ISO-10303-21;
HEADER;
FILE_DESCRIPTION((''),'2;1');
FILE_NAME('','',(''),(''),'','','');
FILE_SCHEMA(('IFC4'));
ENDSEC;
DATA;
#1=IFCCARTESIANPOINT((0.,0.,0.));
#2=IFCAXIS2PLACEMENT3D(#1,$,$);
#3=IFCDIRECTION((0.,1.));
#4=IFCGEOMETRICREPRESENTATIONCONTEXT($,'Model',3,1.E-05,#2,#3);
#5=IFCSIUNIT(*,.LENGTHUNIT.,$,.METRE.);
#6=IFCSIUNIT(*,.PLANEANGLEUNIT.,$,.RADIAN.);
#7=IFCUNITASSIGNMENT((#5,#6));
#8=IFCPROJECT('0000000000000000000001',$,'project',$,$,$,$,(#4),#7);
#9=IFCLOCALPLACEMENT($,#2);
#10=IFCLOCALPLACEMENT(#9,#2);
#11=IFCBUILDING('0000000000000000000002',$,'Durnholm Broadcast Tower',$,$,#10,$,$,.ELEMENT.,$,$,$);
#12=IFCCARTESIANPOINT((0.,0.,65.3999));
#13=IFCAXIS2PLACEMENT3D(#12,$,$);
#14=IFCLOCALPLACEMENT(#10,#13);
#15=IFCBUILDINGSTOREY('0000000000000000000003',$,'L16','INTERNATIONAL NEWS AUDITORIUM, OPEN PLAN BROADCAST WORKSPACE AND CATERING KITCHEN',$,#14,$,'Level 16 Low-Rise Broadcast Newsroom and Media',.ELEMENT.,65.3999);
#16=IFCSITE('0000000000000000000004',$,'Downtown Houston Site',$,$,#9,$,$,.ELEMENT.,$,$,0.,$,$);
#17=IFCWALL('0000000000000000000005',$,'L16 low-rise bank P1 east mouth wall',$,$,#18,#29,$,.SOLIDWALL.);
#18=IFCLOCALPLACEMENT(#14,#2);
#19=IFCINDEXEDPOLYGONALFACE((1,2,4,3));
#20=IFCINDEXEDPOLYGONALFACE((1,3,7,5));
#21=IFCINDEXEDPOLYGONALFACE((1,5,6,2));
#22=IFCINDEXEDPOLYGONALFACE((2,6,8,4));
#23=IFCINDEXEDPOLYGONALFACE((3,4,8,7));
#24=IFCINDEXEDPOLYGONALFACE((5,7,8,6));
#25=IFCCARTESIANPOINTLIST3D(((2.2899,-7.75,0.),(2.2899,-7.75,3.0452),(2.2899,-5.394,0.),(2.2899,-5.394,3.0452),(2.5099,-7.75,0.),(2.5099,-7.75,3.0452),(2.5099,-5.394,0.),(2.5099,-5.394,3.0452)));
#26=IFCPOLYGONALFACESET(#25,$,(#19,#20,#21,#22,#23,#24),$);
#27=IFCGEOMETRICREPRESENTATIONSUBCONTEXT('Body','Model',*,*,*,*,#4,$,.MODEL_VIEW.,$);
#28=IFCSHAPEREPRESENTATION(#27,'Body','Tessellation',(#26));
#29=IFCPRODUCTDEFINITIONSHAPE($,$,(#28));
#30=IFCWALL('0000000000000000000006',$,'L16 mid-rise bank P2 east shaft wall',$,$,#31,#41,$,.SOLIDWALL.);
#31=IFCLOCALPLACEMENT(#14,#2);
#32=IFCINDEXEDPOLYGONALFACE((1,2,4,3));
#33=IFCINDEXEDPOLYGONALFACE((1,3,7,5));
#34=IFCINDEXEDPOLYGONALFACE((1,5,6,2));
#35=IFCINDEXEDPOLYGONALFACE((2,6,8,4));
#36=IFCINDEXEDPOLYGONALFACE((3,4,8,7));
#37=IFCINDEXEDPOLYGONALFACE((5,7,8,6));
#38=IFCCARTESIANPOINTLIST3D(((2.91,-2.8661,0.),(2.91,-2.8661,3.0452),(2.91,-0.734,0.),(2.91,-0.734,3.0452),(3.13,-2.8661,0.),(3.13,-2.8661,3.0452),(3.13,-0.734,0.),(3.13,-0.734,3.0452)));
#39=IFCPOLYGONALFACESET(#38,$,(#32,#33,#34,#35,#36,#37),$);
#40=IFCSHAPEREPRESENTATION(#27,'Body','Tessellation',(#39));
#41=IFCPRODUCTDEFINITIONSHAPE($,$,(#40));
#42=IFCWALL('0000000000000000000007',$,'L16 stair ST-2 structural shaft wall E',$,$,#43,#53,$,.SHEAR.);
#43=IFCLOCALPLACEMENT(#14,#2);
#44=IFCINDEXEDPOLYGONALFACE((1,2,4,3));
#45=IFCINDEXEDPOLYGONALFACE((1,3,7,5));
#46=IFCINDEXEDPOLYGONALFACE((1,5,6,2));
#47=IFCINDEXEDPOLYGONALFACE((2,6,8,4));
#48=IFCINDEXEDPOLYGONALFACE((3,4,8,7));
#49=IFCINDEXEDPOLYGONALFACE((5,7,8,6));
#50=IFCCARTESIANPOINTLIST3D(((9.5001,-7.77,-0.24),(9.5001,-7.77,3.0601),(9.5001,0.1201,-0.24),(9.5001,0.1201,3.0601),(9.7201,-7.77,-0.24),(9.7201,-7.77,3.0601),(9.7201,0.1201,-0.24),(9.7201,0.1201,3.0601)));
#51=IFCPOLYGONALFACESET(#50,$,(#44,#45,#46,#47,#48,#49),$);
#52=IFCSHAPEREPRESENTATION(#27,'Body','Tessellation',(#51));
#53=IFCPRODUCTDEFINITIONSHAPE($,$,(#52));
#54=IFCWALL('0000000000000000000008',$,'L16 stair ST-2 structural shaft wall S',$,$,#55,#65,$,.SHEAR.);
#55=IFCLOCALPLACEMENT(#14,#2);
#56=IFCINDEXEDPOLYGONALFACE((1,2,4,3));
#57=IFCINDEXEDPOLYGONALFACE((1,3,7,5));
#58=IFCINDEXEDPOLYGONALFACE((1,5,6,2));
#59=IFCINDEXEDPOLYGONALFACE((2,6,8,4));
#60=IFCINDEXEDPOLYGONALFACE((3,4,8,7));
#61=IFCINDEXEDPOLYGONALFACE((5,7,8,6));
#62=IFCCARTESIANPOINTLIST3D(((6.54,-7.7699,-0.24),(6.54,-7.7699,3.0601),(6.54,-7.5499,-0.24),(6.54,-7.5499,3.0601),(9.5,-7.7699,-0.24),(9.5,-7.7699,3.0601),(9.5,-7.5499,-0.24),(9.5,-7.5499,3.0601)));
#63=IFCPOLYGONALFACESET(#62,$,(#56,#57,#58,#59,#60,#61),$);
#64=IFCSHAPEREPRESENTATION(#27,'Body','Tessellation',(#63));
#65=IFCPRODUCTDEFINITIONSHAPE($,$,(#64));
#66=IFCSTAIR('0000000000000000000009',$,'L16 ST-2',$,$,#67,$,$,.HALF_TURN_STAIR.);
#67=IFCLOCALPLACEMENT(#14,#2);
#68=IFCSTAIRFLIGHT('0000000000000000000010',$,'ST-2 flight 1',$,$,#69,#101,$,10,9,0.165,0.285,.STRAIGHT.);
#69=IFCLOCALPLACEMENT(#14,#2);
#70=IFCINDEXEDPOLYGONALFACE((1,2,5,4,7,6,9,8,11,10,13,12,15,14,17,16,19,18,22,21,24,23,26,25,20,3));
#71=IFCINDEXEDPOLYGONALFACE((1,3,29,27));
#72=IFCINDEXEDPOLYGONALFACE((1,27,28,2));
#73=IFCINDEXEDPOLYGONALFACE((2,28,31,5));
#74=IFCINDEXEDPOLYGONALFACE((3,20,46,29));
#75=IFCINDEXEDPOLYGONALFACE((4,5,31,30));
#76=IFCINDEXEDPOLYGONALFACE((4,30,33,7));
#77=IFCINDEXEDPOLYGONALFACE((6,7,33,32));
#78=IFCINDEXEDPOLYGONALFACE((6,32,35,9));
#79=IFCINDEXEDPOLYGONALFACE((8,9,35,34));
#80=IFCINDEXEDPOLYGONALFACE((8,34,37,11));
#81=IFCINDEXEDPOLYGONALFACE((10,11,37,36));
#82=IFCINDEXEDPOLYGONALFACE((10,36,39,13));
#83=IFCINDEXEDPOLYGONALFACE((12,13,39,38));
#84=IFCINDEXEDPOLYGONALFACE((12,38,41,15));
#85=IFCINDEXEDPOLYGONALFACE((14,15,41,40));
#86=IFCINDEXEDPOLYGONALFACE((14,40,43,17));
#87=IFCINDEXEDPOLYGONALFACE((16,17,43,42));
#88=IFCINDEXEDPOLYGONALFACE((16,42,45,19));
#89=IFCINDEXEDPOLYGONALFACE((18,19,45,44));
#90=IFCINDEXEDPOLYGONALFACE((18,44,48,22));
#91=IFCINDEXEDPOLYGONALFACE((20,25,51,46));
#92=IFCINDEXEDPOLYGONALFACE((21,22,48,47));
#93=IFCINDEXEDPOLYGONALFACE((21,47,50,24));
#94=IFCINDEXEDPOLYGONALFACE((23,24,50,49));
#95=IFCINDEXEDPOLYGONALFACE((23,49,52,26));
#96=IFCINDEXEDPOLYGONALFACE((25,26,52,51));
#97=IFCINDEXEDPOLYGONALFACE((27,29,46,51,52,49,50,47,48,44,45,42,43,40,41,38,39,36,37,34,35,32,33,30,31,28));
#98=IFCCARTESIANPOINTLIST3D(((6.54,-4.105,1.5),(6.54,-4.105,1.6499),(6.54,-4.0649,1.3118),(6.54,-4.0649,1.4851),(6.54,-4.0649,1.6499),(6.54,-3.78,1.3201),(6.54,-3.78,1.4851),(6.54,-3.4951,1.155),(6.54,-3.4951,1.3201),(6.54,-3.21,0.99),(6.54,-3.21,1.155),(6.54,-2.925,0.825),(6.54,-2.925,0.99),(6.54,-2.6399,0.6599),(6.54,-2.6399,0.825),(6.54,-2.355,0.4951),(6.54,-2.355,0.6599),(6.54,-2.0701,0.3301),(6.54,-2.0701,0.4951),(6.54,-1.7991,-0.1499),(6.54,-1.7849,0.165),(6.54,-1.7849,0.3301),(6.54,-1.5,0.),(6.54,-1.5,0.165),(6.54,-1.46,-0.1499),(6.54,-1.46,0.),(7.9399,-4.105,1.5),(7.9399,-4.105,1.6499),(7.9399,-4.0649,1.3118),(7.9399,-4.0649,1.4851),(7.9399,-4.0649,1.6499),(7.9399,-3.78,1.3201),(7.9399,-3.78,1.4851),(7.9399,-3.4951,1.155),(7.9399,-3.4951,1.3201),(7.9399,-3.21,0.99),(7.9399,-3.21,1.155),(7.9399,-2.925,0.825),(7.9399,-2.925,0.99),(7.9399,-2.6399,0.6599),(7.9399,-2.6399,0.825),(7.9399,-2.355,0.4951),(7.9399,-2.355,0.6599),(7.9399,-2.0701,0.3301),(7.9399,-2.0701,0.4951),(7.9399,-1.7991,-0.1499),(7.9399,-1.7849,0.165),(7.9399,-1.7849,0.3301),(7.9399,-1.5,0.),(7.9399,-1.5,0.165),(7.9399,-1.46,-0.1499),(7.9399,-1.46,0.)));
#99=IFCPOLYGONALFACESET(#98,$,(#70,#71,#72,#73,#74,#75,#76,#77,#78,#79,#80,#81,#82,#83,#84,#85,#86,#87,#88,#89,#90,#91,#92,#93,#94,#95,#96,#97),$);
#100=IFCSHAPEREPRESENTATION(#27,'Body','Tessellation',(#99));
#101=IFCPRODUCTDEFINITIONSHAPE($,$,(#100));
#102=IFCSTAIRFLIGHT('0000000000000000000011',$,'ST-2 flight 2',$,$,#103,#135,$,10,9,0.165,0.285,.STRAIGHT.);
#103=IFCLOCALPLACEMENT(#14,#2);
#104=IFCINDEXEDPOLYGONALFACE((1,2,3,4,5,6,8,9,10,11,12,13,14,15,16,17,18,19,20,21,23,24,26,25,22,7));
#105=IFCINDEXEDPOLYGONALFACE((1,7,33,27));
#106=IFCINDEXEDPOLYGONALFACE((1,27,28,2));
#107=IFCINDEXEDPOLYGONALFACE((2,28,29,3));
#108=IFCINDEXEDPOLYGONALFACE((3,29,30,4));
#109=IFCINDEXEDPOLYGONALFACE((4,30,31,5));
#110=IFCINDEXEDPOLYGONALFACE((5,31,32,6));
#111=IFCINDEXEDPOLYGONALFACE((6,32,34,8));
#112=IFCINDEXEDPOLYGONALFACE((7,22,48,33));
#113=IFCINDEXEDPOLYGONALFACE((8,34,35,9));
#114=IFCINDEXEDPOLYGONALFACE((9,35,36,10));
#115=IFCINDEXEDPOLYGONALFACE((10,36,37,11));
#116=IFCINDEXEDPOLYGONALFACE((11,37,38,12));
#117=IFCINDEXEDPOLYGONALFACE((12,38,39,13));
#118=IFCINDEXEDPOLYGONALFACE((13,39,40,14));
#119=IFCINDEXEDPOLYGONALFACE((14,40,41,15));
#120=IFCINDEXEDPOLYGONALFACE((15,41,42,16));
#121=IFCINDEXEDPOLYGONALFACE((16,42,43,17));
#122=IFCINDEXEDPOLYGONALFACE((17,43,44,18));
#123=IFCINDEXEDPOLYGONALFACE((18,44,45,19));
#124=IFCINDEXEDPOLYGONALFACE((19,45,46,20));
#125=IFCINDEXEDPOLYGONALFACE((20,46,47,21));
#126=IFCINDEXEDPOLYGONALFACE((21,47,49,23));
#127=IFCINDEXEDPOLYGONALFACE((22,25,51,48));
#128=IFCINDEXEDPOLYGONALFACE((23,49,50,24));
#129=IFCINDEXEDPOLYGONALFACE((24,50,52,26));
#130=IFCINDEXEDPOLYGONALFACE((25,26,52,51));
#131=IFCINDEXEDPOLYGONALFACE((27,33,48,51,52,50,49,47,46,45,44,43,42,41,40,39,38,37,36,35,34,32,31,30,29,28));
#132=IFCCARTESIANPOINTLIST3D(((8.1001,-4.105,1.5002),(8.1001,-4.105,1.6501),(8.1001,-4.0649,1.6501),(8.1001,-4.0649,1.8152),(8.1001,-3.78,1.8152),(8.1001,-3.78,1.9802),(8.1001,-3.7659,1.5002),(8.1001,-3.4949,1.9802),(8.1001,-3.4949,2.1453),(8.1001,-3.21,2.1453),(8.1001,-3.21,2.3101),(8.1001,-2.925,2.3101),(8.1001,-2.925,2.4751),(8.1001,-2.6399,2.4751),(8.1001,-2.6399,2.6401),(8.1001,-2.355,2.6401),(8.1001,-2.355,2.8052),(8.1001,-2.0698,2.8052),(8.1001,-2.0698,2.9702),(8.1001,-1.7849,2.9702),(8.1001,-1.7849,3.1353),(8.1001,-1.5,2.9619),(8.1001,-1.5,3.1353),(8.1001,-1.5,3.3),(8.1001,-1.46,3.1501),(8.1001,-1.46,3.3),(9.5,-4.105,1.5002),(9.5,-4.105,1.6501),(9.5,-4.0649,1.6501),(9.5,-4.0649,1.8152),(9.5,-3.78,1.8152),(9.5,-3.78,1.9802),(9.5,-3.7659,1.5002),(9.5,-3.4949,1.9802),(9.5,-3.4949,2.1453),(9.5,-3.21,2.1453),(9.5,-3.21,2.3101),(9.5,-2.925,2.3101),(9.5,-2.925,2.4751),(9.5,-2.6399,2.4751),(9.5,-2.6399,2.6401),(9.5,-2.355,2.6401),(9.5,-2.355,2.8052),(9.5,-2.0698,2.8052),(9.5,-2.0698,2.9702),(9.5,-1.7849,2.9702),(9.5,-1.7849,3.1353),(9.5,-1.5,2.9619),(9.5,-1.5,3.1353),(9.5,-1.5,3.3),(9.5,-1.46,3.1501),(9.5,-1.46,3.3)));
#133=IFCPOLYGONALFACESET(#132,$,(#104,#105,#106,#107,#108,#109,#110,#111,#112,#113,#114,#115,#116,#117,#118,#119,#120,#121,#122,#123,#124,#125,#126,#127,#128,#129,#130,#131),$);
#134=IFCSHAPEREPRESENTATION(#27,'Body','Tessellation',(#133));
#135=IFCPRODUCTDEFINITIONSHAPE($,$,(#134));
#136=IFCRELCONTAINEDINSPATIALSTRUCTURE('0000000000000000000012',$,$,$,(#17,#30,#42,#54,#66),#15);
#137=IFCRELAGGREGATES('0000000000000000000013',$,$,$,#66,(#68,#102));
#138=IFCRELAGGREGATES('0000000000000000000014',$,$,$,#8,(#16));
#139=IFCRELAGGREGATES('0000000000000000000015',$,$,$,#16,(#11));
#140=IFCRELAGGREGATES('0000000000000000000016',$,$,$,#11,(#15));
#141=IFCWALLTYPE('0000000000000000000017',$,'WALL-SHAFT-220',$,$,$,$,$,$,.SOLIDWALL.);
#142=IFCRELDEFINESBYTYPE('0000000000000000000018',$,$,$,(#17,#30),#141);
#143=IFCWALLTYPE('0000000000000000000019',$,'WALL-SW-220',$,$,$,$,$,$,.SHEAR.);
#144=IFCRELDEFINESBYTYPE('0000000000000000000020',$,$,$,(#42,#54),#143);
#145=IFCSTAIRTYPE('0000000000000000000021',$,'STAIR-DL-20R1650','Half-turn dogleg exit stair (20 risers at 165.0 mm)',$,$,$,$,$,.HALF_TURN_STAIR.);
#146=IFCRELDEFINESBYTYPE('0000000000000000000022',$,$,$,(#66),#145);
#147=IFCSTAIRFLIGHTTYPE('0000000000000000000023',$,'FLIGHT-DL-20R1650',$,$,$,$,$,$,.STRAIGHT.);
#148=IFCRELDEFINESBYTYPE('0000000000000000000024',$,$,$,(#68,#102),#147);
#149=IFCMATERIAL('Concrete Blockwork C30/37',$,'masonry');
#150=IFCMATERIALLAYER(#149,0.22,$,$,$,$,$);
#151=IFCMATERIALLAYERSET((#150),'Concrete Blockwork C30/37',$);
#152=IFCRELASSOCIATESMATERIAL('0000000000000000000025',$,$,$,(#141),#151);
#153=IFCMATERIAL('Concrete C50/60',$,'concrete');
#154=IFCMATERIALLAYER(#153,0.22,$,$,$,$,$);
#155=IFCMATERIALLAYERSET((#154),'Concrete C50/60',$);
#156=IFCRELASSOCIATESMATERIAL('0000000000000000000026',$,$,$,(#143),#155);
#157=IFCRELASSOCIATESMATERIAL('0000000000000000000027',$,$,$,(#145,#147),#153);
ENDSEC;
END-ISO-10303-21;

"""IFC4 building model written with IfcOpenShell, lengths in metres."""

from ifc_helpers import new_model, si_unit, direction, frame, frame_2d, origin, place, context, subcontext, project, spatial, polyline, rectangle, outline, extrude, material, layer, layer_set, type_object, element, aggregate, save


model = new_model("IFC4")

# Units and contexts
model_context = context("Model", 3, precision=1e-05, world=origin(), true_north=direction((0.0, 1.0)))
body_context = subcontext(model_context, "Body", "Model", "MODEL_VIEW")
ifc_project = project(units=[si_unit("LENGTHUNIT", "METRE"), si_unit("PLANEANGLEUNIT", "RADIAN")], contexts=[model_context])

# Site, building, storey
site_placement = place(None, origin())
site = spatial("IfcSite", under=ifc_project, at=site_placement, Name="Downtown Houston Site", CompositionType="ELEMENT", RefElevation=0.0)
building_placement = place(site_placement, origin())
building = spatial("IfcBuilding", under=site, at=building_placement, Name="Durnholm Broadcast Tower", CompositionType="ELEMENT")
storey_placement = place(building_placement, frame((0.0, 0.0, 65.3999)))
storey = spatial("IfcBuildingStorey", under=building, at=storey_placement, Name="L16", Description="INTERNATIONAL NEWS AUDITORIUM, OPEN PLAN BROADCAST WORKSPACE AND CATERING KITCHEN", LongName="Level 16 Low-Rise Broadcast Newsroom and Media", CompositionType="ELEMENT", Elevation=65.3999)

# Shared definitions
ifc_material_1 = material(Name="Concrete Blockwork C30/37", Category="masonry")
ifc_layer_1 = layer(ifc_material_1, 0.22)
ifc_layer_set_1 = layer_set([ifc_layer_1], Name="Concrete Blockwork C30/37")
wall_type_1 = type_object("IfcWallType", Name="WALL-SHAFT-220", PredefinedType="SOLIDWALL", material=ifc_layer_set_1)

# Walls
wall_1_placement = place(storey_placement, frame((2.3999, -7.75, 0.0), z_axis=(0.0, 0.0, 1.0), x_axis=(0.0, 1.0, 0.0)))
element("IfcWall", 1, at=wall_1_placement, inside=storey, type_object=wall_type_1, Name="L16 low-rise bank P1 east mouth wall", PredefinedType="SOLIDWALL", context=body_context, shape_type="SweptSolid", body=[
    extrude(rectangle(XDim=2.356, YDim=0.22, at=frame_2d((1.178, 0.0))), origin(), (0.0, 0.0, 1.0), 3.0452),
])
wall_2_placement = place(storey_placement, frame((3.02, -2.866, 0.0), z_axis=(0.0, 0.0, 1.0), x_axis=(0.0, 1.0, 0.0)))
element("IfcWall", 2, at=wall_2_placement, inside=storey, type_object=wall_type_1, Name="L16 mid-rise bank P2 east shaft wall", PredefinedType="SOLIDWALL", context=body_context, shape_type="SweptSolid", body=[
    extrude(rectangle(XDim=2.1321, YDim=0.22, at=frame_2d((1.0659, 0.0))), origin(), (0.0, 0.0, 1.0), 3.0452),
])
ifc_material_2 = material(Name="Concrete C50/60", Category="concrete")
ifc_layer_2 = layer(ifc_material_2, 0.22)
ifc_layer_set_2 = layer_set([ifc_layer_2], Name="Concrete C50/60")
wall_type_2 = type_object("IfcWallType", Name="WALL-SW-220", PredefinedType="SHEAR", material=ifc_layer_set_2)
wall_3_placement = place(storey_placement, frame((9.6101, -7.77, -0.24), z_axis=(0.0, 0.0, 1.0), x_axis=(0.0, 1.0, 0.0)))
element("IfcWall", 3, at=wall_3_placement, inside=storey, type_object=wall_type_2, Name="L16 stair ST-2 structural shaft wall E", PredefinedType="SHEAR", context=body_context, shape_type="SweptSolid", body=[
    extrude(rectangle(XDim=7.8901, YDim=0.22, at=frame_2d((3.9451, 0.0))), origin(), (0.0, 0.0, 1.0), 3.3),
])
wall_4_placement = place(storey_placement, frame((6.54, -7.6599, -0.24), z_axis=(0.0, 0.0, 1.0), x_axis=(1.0, 0.0, 0.0)))
element("IfcWall", 4, at=wall_4_placement, inside=storey, type_object=wall_type_2, Name="L16 stair ST-2 structural shaft wall S", PredefinedType="SHEAR", context=body_context, shape_type="SweptSolid", body=[
    extrude(rectangle(XDim=2.96, YDim=0.22, at=frame_2d((1.48, 0.0))), origin(), (0.0, 0.0, 1.0), 3.3),
])

# Stair, stair flights
stair_type = type_object("IfcStairType", Name="STAIR-DL-20R1650", Description="Half-turn dogleg exit stair (20 risers at 165.0 mm)", PredefinedType="HALF_TURN_STAIR", material=ifc_material_2)
stair_placement = place(storey_placement, origin())
stair = element("IfcStair", 5, at=stair_placement, inside=storey, type_object=stair_type, Name="L16 ST-2", PredefinedType="HALF_TURN_STAIR")
stair_flight_type = type_object("IfcStairFlightType", Name="FLIGHT-DL-20R1650", PredefinedType="STRAIGHT", material=ifc_material_2)
stair_flight_1_placement = place(storey_placement, frame((7.24, -1.5, 0.0), z_axis=(0.0, 0.0, 1.0), x_axis=(0.0, -1.0, 0.0)))
stair_flight_1 = element("IfcStairFlight", 6, at=stair_flight_1_placement, type_object=stair_flight_type, Name="ST-2 flight 1", NumberOfRisers=10, NumberOfTreads=9, PredefinedType="STRAIGHT", RiserHeight=0.165, TreadLength=0.285, context=body_context, shape_type="SweptSolid", body=[
    extrude(outline(polyline([(-0.04, -0.1499), (-0.04, 0.0), (0.0, 0.0), (0.0, 0.165), (0.2849, 0.165), (0.2849, 0.3301), (0.5701, 0.3301), (0.5701, 0.4951), (0.855, 0.4951), (0.855, 0.6599), (1.1399, 0.6599), (1.1399, 0.825), (1.425, 0.825), (1.425, 0.99), (1.71, 0.99), (1.71, 1.155), (1.9951, 1.155), (1.9951, 1.3201), (2.28, 1.3201), (2.28, 1.4851), (2.5649, 1.4851), (2.5649, 1.6499), (2.605, 1.6499), (2.605, 1.5), (2.5649, 1.3118), (0.2991, -0.1499), (-0.04, -0.1499)])), frame((0.0, 0.7, 0.0), z_axis=(0.0, -1.0, 0.0), x_axis=(1.0, 0.0, 0.0)), (0.0, 0.0, 1.0), 1.3999),
])
stair_flight_2_placement = place(storey_placement, frame((8.8, -4.0649, 1.6501), z_axis=(0.0, 0.0, 1.0), x_axis=(0.0, 1.0, 0.0)))
stair_flight_2 = element("IfcStairFlight", 7, at=stair_flight_2_placement, type_object=stair_flight_type, Name="ST-2 flight 2", NumberOfRisers=10, NumberOfTreads=9, PredefinedType="STRAIGHT", RiserHeight=0.165, TreadLength=0.285, context=body_context, shape_type="SweptSolid", body=[
    extrude(outline(polyline([(-0.04, -0.1499), (-0.04, 0.0), (0.0, 0.0), (0.0, 0.165), (0.2849, 0.165), (0.2849, 0.3301), (0.5701, 0.3301), (0.5701, 0.4951), (0.855, 0.4951), (0.855, 0.6599), (1.1399, 0.6599), (1.1399, 0.825), (1.425, 0.825), (1.425, 0.99), (1.71, 0.99), (1.71, 1.155), (1.9951, 1.155), (1.9951, 1.3201), (2.28, 1.3201), (2.28, 1.4851), (2.5649, 1.4851), (2.5649, 1.6499), (2.605, 1.6499), (2.605, 1.5), (2.5649, 1.3118), (0.2991, -0.1499), (-0.04, -0.1499)])), frame((0.0, 0.7, 0.0), z_axis=(0.0, -1.0, 0.0), x_axis=(1.0, 0.0, 0.0)), (0.0, 0.0, 1.0), 1.3999),
])
aggregate(stair, [stair_flight_1, stair_flight_2])

save(model, "model.ifc")
